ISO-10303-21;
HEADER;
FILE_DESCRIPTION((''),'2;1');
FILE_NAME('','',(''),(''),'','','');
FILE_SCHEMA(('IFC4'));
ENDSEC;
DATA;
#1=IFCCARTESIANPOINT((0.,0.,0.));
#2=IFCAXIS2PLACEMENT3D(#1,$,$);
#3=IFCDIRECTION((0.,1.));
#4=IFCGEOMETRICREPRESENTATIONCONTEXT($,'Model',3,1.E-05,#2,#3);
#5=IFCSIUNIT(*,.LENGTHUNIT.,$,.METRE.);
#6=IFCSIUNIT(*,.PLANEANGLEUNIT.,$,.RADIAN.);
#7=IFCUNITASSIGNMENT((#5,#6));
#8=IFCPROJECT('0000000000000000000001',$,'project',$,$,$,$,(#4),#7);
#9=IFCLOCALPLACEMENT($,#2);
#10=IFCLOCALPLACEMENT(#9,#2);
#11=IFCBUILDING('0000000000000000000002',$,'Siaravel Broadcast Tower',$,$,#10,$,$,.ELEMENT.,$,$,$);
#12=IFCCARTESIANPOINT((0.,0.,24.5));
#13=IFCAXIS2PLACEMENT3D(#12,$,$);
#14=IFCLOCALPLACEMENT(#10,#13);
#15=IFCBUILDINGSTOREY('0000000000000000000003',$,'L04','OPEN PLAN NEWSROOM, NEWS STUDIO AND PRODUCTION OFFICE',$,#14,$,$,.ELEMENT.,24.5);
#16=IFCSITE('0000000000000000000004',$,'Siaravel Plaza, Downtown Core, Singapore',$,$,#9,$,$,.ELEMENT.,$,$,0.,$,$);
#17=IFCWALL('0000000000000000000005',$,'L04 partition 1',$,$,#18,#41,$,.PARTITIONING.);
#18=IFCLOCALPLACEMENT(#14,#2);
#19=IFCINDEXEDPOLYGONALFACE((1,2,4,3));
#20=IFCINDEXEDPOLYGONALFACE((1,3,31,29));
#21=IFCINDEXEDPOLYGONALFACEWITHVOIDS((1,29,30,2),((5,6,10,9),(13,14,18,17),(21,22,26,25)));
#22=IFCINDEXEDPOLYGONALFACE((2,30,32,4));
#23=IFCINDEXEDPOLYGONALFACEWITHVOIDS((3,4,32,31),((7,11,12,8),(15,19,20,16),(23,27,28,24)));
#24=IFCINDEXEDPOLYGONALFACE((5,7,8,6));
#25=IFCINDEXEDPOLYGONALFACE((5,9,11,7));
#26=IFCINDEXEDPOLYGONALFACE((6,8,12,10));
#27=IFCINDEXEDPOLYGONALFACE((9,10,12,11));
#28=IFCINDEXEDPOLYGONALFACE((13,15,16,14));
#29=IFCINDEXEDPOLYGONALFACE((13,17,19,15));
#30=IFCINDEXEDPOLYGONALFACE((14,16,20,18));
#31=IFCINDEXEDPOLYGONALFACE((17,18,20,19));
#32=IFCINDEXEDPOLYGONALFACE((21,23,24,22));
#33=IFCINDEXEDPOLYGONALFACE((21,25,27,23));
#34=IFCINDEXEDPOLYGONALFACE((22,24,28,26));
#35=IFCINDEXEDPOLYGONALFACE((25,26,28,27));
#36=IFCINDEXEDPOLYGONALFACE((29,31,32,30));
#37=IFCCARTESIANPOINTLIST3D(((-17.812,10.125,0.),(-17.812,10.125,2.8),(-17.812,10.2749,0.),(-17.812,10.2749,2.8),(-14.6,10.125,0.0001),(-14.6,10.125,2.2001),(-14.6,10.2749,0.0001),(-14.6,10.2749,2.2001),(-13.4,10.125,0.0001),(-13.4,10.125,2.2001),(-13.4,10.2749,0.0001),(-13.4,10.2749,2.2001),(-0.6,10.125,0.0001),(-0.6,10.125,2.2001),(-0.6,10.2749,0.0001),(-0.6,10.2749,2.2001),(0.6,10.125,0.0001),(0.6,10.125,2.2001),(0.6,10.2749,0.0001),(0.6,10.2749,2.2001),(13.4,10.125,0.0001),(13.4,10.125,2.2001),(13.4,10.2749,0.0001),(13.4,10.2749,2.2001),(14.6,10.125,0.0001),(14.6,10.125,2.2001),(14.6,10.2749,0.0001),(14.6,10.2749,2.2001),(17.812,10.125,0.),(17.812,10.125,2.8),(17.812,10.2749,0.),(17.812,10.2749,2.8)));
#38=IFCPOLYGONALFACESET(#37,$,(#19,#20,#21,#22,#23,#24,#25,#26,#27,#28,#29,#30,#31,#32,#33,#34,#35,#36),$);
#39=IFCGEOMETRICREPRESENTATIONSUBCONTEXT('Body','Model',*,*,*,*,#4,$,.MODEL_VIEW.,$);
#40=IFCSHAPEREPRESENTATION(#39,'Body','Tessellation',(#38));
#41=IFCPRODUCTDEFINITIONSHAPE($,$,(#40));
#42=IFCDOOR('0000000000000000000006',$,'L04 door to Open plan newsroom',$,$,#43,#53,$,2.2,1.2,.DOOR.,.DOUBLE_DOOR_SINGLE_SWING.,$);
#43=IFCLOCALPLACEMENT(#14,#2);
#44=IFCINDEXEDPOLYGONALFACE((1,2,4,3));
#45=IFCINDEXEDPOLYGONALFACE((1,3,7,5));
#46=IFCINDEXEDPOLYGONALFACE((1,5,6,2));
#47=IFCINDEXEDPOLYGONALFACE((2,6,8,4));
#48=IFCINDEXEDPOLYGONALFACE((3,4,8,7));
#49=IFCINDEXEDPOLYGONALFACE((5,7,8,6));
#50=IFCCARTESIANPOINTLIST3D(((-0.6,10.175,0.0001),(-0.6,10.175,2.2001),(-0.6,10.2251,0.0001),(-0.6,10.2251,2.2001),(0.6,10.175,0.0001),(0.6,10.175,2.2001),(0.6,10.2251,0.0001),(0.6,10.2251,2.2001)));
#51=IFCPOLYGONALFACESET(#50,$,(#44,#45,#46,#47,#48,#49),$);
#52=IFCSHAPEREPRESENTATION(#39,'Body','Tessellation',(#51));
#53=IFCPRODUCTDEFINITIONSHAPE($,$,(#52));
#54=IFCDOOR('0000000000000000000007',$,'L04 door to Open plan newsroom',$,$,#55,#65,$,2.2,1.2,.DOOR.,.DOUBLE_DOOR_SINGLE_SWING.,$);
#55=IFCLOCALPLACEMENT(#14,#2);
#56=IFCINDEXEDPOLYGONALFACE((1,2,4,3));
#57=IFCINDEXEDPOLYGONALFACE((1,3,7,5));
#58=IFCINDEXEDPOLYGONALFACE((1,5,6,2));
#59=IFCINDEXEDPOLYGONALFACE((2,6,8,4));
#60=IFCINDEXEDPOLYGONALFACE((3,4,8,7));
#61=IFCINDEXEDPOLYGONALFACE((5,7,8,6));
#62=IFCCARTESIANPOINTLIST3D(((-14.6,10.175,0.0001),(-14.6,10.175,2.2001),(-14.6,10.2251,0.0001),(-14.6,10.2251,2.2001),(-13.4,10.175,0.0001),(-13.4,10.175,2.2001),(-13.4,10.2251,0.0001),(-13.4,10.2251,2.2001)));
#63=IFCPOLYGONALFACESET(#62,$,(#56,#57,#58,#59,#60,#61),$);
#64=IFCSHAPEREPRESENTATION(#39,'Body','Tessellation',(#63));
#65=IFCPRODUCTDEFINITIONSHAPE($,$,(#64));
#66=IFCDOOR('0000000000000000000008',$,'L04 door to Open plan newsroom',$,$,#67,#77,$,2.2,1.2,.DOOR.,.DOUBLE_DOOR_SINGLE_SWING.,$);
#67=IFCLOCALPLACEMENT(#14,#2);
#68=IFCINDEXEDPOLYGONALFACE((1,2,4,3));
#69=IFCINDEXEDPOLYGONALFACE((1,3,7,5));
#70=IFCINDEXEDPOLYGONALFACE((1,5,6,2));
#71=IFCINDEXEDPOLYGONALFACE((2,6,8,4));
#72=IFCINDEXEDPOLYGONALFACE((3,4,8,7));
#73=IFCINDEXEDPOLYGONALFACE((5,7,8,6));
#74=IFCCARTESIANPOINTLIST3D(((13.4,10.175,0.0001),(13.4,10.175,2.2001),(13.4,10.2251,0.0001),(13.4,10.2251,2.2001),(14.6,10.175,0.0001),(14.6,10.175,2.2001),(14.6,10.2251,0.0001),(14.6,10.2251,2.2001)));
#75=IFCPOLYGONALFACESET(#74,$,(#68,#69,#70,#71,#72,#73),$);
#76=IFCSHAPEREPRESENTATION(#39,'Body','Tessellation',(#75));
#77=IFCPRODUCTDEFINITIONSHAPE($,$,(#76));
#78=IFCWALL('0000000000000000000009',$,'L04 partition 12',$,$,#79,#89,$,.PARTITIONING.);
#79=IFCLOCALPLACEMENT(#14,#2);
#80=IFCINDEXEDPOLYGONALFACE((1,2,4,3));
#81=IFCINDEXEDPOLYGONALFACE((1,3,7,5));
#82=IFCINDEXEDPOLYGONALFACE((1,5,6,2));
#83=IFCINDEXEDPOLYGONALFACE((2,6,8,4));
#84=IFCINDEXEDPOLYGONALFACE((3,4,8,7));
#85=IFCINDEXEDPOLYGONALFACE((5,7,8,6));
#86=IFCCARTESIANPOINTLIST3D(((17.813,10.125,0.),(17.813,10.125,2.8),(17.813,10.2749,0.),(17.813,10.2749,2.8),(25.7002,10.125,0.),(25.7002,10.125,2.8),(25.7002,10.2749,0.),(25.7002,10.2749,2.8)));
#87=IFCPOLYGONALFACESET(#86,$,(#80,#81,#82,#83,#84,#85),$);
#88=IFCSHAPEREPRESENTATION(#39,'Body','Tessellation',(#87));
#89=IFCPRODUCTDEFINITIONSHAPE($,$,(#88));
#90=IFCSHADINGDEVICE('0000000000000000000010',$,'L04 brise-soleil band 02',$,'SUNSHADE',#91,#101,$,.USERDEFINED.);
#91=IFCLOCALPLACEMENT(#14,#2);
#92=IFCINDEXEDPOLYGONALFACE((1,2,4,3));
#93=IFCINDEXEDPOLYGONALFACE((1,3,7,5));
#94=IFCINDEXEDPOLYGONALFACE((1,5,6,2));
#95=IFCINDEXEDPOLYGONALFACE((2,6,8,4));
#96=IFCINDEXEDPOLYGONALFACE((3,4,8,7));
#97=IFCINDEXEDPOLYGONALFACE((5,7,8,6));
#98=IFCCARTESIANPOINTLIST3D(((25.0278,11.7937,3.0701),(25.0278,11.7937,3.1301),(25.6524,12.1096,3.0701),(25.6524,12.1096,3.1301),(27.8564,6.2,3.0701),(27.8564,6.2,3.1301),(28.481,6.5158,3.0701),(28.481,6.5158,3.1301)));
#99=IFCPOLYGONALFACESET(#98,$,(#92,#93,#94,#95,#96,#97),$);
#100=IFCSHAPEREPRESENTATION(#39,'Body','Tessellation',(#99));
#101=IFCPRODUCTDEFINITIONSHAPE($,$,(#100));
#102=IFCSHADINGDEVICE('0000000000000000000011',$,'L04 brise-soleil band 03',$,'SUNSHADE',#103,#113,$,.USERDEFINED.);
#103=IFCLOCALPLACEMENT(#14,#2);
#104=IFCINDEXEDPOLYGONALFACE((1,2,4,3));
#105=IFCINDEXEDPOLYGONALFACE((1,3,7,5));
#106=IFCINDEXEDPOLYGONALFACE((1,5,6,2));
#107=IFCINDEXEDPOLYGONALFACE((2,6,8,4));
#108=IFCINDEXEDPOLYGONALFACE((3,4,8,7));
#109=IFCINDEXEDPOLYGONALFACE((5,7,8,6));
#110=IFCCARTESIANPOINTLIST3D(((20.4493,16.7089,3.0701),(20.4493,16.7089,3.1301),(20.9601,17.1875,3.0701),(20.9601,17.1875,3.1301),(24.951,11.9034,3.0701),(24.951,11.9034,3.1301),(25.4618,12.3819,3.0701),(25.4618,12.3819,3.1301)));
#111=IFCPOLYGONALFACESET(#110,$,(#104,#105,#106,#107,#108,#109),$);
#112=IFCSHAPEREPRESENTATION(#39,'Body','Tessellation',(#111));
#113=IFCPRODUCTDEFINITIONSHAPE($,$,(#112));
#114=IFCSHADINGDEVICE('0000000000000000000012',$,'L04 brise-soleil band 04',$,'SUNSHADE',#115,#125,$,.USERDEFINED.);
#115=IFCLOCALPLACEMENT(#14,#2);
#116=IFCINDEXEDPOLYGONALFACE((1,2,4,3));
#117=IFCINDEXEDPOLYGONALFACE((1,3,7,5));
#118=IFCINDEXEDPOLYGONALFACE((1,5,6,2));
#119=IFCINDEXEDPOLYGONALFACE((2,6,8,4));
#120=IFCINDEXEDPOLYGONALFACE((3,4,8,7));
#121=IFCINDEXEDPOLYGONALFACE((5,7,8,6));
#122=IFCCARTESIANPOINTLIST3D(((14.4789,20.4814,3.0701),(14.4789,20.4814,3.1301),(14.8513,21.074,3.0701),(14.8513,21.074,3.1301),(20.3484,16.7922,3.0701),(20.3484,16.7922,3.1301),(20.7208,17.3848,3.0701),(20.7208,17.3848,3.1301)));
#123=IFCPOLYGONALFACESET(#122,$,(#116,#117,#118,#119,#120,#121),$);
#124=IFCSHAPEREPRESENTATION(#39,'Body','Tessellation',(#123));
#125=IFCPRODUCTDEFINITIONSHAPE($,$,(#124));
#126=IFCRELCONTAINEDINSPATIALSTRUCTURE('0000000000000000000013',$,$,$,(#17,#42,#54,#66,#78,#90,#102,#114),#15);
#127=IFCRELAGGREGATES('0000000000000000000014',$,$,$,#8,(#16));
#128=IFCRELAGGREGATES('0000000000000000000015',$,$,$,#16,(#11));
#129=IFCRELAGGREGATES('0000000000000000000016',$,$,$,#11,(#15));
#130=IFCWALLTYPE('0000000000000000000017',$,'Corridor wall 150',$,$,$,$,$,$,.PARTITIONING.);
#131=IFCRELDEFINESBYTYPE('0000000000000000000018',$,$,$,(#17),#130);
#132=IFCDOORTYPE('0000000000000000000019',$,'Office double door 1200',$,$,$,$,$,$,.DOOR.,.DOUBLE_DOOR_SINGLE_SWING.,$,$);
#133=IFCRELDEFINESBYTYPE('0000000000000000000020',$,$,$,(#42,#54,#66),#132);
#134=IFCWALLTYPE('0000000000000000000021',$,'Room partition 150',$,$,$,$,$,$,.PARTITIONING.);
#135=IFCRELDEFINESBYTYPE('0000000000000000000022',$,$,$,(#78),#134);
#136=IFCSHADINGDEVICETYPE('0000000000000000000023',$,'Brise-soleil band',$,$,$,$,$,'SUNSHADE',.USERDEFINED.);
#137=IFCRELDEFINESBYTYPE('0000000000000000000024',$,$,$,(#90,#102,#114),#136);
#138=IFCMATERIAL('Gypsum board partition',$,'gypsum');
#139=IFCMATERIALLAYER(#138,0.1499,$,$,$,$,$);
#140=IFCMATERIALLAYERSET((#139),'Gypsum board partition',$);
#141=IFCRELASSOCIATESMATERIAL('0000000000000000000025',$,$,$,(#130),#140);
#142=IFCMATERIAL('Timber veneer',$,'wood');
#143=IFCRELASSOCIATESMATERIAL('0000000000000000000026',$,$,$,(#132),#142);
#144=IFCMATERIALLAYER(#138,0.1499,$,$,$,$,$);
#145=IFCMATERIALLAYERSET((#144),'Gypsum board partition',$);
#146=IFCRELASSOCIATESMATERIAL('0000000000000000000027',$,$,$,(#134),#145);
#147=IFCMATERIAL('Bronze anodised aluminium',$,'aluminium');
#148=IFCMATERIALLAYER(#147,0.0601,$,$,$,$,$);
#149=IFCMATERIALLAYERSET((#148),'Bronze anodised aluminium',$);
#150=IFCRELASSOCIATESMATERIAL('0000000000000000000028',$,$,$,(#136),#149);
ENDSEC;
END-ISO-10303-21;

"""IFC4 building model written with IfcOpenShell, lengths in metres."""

from ifc_helpers import new_model, si_unit, direction, frame, frame_2d, origin, origin_2d, place, context, subcontext, project, spatial, rectangle, extrude, material, layer, layer_set, type_object, element, fill, save


model = new_model("IFC4")

# Units and contexts
model_context = context("Model", 3, precision=1e-05, world=origin(), true_north=direction((0.0, 1.0)))
body_context = subcontext(model_context, "Body", "Model", "MODEL_VIEW")
ifc_project = project(units=[si_unit("LENGTHUNIT", "METRE"), si_unit("PLANEANGLEUNIT", "RADIAN")], contexts=[model_context])

# Site, building, storey
site_placement = place(None, origin())
site = spatial("IfcSite", under=ifc_project, at=site_placement, Name="Siaravel Plaza, Downtown Core, Singapore", CompositionType="ELEMENT", RefElevation=0.0)
building_placement = place(site_placement, origin())
building = spatial("IfcBuilding", under=site, at=building_placement, Name="Siaravel Broadcast Tower", CompositionType="ELEMENT")
storey_placement = place(building_placement, frame((0.0, 0.0, 24.5)))
storey = spatial("IfcBuildingStorey", under=building, at=storey_placement, Name="L04", Description="OPEN PLAN NEWSROOM, NEWS STUDIO AND PRODUCTION OFFICE", CompositionType="ELEMENT", Elevation=24.5)

# Wall, openings, doors
ifc_material_1 = material(Name="Gypsum board partition", Category="gypsum")
ifc_layer_1 = layer(ifc_material_1, 0.1499)
ifc_layer_set_1 = layer_set([ifc_layer_1], Name="Gypsum board partition")
wall_type_1 = type_object("IfcWallType", Name="Corridor wall 150", PredefinedType="PARTITIONING", material=ifc_layer_set_1)
wall_1_placement = place(storey_placement, frame((17.812, 10.2, 0.0), z_axis=(0.0, 0.0, 1.0), x_axis=(-1.0, 0.0, 0.0)))
wall_1 = element("IfcWall", 1, at=wall_1_placement, inside=storey, type_object=wall_type_1, Name="L04 partition 1", PredefinedType="PARTITIONING", context=body_context, shape_type="SweptSolid", body=[
    extrude(rectangle(XDim=35.624, YDim=0.1499, at=frame_2d((17.812, 0.0))), origin(), (0.0, 0.0, 1.0), 2.8),
])
opening_1_placement = place(wall_1_placement, frame((17.2119, 0.0, 0.0)))
opening_1 = element("IfcOpeningElement", 2, at=opening_1_placement, cuts=wall_1, PredefinedType="OPENING", context=body_context, shape_type="SweptSolid", body=[
    extrude(rectangle(XDim=1.2, YDim=2.2, at=frame_2d((0.6001, 1.1001))), frame((0.0, 0.085, 0.0), z_axis=(0.0, -1.0, 0.0), x_axis=(1.0, 0.0, 0.0)), (0.0, 0.0, 1.0), 0.1699),
])
opening_2_placement = place(wall_1_placement, frame((31.2119, 0.0, 0.0)))
opening_2 = element("IfcOpeningElement", 3, at=opening_2_placement, cuts=wall_1, PredefinedType="OPENING", context=body_context, shape_type="SweptSolid", body=[
    extrude(rectangle(XDim=1.2, YDim=2.2, at=frame_2d((0.6001, 1.1001))), frame((0.0, 0.085, 0.0), z_axis=(0.0, -1.0, 0.0), x_axis=(1.0, 0.0, 0.0)), (0.0, 0.0, 1.0), 0.1699),
])
opening_3_placement = place(wall_1_placement, frame((3.2119, 0.0, 0.0)))
opening_3 = element("IfcOpeningElement", 4, at=opening_3_placement, cuts=wall_1, PredefinedType="OPENING", context=body_context, shape_type="SweptSolid", body=[
    extrude(rectangle(XDim=1.2, YDim=2.2, at=frame_2d((0.6001, 1.1001))), frame((0.0, 0.085, 0.0), z_axis=(0.0, -1.0, 0.0), x_axis=(1.0, 0.0, 0.0)), (0.0, 0.0, 1.0), 0.1699),
])
ifc_material_2 = material(Name="Timber veneer", Category="wood")
door_type = type_object("IfcDoorType", Name="Office double door 1200", OperationType="DOUBLE_DOOR_SINGLE_SWING", PredefinedType="DOOR", material=ifc_material_2)
door_1_placement = place(opening_1_placement, origin())
door_1 = element("IfcDoor", 5, at=door_1_placement, inside=storey, type_object=door_type, Name="L04 door to Open plan newsroom", OperationType="DOUBLE_DOOR_SINGLE_SWING", OverallHeight=2.2, OverallWidth=1.2, PredefinedType="DOOR", context=body_context, shape_type="SweptSolid", body=[
    extrude(rectangle(XDim=1.2, YDim=2.2, at=frame_2d((0.6001, 1.1001))), frame((0.0, 0.0249, 0.0), z_axis=(0.0, -1.0, 0.0), x_axis=(1.0, 0.0, 0.0)), (0.0, 0.0, 1.0), 0.05),
])
fill(opening_1, door_1)
door_2_placement = place(opening_2_placement, origin())
door_2 = element("IfcDoor", 6, at=door_2_placement, inside=storey, type_object=door_type, Name="L04 door to Open plan newsroom", OperationType="DOUBLE_DOOR_SINGLE_SWING", OverallHeight=2.2, OverallWidth=1.2, PredefinedType="DOOR", context=body_context, shape_type="SweptSolid", body=[
    extrude(rectangle(XDim=1.2, YDim=2.2, at=frame_2d((0.6001, 1.1001))), frame((0.0, 0.0249, 0.0), z_axis=(0.0, -1.0, 0.0), x_axis=(1.0, 0.0, 0.0)), (0.0, 0.0, 1.0), 0.05),
])
fill(opening_2, door_2)
door_3_placement = place(opening_3_placement, origin())
door_3 = element("IfcDoor", 7, at=door_3_placement, inside=storey, type_object=door_type, Name="L04 door to Open plan newsroom", OperationType="DOUBLE_DOOR_SINGLE_SWING", OverallHeight=2.2, OverallWidth=1.2, PredefinedType="DOOR", context=body_context, shape_type="SweptSolid", body=[
    extrude(rectangle(XDim=1.2, YDim=2.2, at=frame_2d((0.6001, 1.1001))), frame((0.0, 0.0249, 0.0), z_axis=(0.0, -1.0, 0.0), x_axis=(1.0, 0.0, 0.0)), (0.0, 0.0, 1.0), 0.05),
])
fill(opening_3, door_3)

# Wall
ifc_layer_2 = layer(ifc_material_1, 0.1499)
ifc_layer_set_2 = layer_set([ifc_layer_2], Name="Gypsum board partition")
wall_type_2 = type_object("IfcWallType", Name="Room partition 150", PredefinedType="PARTITIONING", material=ifc_layer_set_2)
wall_2_placement = place(storey_placement, frame((17.813, 10.2, 0.0), z_axis=(0.0, 0.0, 1.0), x_axis=(1.0, 0.0, 0.0)))
element("IfcWall", 8, at=wall_2_placement, inside=storey, type_object=wall_type_2, Name="L04 partition 12", PredefinedType="PARTITIONING", context=body_context, shape_type="SweptSolid", body=[
    extrude(rectangle(XDim=7.8872, YDim=0.1499, at=frame_2d((3.9436, 0.0))), origin(), (0.0, 0.0, 1.0), 2.8),
])

# Shading devices
ifc_material_3 = material(Name="Bronze anodised aluminium", Category="aluminium")
ifc_layer_3 = layer(ifc_material_3, 0.0601)
ifc_layer_set_3 = layer_set([ifc_layer_3], Name="Bronze anodised aluminium")
shading_device_type = type_object("IfcShadingDeviceType", Name="Brise-soleil band", ElementType="SUNSHADE", PredefinedType="USERDEFINED", material=ifc_layer_set_3)
shading_device_1_placement = place(storey_placement, frame((26.7544, 9.1548, 3.0701), z_axis=(0.0, 0.0, 1.0), x_axis=(-0.451262, 0.892391, 0.0)))
element("IfcShadingDevice", 9, at=shading_device_1_placement, inside=storey, type_object=shading_device_type, Name="L04 brise-soleil band 02", ObjectType="SUNSHADE", PredefinedType="USERDEFINED", context=body_context, shape_type="SweptSolid", body=[
    extrude(rectangle(XDim=6.2683, YDim=0.7, at=origin_2d()), origin(), (0.0, 0.0, 1.0), 0.0601),
])
shading_device_2_placement = place(storey_placement, frame((22.9556, 14.5454, 3.0701), z_axis=(0.0, 0.0, 1.0), x_axis=(-0.683656, 0.729804, 0.0)))
element("IfcShadingDevice", 10, at=shading_device_2_placement, inside=storey, type_object=shading_device_type, Name="L04 brise-soleil band 03", ObjectType="SUNSHADE", PredefinedType="USERDEFINED", context=body_context, shape_type="SweptSolid", body=[
    extrude(rectangle(XDim=6.5847, YDim=0.7, at=origin_2d()), origin(), (0.0, 0.0, 1.0), 0.0601),
])
shading_device_3_placement = place(storey_placement, frame((17.5999, 18.9331, 3.0701), z_axis=(0.0, 0.0, 1.0), x_axis=(-0.846651, 0.532148, 0.0)))
element("IfcShadingDevice", 11, at=shading_device_3_placement, inside=storey, type_object=shading_device_type, Name="L04 brise-soleil band 04", ObjectType="SUNSHADE", PredefinedType="USERDEFINED", context=body_context, shape_type="SweptSolid", body=[
    extrude(rectangle(XDim=6.9326, YDim=0.7, at=origin_2d()), origin(), (0.0, 0.0, 1.0), 0.0601),
])

save(model, "model.ifc")
